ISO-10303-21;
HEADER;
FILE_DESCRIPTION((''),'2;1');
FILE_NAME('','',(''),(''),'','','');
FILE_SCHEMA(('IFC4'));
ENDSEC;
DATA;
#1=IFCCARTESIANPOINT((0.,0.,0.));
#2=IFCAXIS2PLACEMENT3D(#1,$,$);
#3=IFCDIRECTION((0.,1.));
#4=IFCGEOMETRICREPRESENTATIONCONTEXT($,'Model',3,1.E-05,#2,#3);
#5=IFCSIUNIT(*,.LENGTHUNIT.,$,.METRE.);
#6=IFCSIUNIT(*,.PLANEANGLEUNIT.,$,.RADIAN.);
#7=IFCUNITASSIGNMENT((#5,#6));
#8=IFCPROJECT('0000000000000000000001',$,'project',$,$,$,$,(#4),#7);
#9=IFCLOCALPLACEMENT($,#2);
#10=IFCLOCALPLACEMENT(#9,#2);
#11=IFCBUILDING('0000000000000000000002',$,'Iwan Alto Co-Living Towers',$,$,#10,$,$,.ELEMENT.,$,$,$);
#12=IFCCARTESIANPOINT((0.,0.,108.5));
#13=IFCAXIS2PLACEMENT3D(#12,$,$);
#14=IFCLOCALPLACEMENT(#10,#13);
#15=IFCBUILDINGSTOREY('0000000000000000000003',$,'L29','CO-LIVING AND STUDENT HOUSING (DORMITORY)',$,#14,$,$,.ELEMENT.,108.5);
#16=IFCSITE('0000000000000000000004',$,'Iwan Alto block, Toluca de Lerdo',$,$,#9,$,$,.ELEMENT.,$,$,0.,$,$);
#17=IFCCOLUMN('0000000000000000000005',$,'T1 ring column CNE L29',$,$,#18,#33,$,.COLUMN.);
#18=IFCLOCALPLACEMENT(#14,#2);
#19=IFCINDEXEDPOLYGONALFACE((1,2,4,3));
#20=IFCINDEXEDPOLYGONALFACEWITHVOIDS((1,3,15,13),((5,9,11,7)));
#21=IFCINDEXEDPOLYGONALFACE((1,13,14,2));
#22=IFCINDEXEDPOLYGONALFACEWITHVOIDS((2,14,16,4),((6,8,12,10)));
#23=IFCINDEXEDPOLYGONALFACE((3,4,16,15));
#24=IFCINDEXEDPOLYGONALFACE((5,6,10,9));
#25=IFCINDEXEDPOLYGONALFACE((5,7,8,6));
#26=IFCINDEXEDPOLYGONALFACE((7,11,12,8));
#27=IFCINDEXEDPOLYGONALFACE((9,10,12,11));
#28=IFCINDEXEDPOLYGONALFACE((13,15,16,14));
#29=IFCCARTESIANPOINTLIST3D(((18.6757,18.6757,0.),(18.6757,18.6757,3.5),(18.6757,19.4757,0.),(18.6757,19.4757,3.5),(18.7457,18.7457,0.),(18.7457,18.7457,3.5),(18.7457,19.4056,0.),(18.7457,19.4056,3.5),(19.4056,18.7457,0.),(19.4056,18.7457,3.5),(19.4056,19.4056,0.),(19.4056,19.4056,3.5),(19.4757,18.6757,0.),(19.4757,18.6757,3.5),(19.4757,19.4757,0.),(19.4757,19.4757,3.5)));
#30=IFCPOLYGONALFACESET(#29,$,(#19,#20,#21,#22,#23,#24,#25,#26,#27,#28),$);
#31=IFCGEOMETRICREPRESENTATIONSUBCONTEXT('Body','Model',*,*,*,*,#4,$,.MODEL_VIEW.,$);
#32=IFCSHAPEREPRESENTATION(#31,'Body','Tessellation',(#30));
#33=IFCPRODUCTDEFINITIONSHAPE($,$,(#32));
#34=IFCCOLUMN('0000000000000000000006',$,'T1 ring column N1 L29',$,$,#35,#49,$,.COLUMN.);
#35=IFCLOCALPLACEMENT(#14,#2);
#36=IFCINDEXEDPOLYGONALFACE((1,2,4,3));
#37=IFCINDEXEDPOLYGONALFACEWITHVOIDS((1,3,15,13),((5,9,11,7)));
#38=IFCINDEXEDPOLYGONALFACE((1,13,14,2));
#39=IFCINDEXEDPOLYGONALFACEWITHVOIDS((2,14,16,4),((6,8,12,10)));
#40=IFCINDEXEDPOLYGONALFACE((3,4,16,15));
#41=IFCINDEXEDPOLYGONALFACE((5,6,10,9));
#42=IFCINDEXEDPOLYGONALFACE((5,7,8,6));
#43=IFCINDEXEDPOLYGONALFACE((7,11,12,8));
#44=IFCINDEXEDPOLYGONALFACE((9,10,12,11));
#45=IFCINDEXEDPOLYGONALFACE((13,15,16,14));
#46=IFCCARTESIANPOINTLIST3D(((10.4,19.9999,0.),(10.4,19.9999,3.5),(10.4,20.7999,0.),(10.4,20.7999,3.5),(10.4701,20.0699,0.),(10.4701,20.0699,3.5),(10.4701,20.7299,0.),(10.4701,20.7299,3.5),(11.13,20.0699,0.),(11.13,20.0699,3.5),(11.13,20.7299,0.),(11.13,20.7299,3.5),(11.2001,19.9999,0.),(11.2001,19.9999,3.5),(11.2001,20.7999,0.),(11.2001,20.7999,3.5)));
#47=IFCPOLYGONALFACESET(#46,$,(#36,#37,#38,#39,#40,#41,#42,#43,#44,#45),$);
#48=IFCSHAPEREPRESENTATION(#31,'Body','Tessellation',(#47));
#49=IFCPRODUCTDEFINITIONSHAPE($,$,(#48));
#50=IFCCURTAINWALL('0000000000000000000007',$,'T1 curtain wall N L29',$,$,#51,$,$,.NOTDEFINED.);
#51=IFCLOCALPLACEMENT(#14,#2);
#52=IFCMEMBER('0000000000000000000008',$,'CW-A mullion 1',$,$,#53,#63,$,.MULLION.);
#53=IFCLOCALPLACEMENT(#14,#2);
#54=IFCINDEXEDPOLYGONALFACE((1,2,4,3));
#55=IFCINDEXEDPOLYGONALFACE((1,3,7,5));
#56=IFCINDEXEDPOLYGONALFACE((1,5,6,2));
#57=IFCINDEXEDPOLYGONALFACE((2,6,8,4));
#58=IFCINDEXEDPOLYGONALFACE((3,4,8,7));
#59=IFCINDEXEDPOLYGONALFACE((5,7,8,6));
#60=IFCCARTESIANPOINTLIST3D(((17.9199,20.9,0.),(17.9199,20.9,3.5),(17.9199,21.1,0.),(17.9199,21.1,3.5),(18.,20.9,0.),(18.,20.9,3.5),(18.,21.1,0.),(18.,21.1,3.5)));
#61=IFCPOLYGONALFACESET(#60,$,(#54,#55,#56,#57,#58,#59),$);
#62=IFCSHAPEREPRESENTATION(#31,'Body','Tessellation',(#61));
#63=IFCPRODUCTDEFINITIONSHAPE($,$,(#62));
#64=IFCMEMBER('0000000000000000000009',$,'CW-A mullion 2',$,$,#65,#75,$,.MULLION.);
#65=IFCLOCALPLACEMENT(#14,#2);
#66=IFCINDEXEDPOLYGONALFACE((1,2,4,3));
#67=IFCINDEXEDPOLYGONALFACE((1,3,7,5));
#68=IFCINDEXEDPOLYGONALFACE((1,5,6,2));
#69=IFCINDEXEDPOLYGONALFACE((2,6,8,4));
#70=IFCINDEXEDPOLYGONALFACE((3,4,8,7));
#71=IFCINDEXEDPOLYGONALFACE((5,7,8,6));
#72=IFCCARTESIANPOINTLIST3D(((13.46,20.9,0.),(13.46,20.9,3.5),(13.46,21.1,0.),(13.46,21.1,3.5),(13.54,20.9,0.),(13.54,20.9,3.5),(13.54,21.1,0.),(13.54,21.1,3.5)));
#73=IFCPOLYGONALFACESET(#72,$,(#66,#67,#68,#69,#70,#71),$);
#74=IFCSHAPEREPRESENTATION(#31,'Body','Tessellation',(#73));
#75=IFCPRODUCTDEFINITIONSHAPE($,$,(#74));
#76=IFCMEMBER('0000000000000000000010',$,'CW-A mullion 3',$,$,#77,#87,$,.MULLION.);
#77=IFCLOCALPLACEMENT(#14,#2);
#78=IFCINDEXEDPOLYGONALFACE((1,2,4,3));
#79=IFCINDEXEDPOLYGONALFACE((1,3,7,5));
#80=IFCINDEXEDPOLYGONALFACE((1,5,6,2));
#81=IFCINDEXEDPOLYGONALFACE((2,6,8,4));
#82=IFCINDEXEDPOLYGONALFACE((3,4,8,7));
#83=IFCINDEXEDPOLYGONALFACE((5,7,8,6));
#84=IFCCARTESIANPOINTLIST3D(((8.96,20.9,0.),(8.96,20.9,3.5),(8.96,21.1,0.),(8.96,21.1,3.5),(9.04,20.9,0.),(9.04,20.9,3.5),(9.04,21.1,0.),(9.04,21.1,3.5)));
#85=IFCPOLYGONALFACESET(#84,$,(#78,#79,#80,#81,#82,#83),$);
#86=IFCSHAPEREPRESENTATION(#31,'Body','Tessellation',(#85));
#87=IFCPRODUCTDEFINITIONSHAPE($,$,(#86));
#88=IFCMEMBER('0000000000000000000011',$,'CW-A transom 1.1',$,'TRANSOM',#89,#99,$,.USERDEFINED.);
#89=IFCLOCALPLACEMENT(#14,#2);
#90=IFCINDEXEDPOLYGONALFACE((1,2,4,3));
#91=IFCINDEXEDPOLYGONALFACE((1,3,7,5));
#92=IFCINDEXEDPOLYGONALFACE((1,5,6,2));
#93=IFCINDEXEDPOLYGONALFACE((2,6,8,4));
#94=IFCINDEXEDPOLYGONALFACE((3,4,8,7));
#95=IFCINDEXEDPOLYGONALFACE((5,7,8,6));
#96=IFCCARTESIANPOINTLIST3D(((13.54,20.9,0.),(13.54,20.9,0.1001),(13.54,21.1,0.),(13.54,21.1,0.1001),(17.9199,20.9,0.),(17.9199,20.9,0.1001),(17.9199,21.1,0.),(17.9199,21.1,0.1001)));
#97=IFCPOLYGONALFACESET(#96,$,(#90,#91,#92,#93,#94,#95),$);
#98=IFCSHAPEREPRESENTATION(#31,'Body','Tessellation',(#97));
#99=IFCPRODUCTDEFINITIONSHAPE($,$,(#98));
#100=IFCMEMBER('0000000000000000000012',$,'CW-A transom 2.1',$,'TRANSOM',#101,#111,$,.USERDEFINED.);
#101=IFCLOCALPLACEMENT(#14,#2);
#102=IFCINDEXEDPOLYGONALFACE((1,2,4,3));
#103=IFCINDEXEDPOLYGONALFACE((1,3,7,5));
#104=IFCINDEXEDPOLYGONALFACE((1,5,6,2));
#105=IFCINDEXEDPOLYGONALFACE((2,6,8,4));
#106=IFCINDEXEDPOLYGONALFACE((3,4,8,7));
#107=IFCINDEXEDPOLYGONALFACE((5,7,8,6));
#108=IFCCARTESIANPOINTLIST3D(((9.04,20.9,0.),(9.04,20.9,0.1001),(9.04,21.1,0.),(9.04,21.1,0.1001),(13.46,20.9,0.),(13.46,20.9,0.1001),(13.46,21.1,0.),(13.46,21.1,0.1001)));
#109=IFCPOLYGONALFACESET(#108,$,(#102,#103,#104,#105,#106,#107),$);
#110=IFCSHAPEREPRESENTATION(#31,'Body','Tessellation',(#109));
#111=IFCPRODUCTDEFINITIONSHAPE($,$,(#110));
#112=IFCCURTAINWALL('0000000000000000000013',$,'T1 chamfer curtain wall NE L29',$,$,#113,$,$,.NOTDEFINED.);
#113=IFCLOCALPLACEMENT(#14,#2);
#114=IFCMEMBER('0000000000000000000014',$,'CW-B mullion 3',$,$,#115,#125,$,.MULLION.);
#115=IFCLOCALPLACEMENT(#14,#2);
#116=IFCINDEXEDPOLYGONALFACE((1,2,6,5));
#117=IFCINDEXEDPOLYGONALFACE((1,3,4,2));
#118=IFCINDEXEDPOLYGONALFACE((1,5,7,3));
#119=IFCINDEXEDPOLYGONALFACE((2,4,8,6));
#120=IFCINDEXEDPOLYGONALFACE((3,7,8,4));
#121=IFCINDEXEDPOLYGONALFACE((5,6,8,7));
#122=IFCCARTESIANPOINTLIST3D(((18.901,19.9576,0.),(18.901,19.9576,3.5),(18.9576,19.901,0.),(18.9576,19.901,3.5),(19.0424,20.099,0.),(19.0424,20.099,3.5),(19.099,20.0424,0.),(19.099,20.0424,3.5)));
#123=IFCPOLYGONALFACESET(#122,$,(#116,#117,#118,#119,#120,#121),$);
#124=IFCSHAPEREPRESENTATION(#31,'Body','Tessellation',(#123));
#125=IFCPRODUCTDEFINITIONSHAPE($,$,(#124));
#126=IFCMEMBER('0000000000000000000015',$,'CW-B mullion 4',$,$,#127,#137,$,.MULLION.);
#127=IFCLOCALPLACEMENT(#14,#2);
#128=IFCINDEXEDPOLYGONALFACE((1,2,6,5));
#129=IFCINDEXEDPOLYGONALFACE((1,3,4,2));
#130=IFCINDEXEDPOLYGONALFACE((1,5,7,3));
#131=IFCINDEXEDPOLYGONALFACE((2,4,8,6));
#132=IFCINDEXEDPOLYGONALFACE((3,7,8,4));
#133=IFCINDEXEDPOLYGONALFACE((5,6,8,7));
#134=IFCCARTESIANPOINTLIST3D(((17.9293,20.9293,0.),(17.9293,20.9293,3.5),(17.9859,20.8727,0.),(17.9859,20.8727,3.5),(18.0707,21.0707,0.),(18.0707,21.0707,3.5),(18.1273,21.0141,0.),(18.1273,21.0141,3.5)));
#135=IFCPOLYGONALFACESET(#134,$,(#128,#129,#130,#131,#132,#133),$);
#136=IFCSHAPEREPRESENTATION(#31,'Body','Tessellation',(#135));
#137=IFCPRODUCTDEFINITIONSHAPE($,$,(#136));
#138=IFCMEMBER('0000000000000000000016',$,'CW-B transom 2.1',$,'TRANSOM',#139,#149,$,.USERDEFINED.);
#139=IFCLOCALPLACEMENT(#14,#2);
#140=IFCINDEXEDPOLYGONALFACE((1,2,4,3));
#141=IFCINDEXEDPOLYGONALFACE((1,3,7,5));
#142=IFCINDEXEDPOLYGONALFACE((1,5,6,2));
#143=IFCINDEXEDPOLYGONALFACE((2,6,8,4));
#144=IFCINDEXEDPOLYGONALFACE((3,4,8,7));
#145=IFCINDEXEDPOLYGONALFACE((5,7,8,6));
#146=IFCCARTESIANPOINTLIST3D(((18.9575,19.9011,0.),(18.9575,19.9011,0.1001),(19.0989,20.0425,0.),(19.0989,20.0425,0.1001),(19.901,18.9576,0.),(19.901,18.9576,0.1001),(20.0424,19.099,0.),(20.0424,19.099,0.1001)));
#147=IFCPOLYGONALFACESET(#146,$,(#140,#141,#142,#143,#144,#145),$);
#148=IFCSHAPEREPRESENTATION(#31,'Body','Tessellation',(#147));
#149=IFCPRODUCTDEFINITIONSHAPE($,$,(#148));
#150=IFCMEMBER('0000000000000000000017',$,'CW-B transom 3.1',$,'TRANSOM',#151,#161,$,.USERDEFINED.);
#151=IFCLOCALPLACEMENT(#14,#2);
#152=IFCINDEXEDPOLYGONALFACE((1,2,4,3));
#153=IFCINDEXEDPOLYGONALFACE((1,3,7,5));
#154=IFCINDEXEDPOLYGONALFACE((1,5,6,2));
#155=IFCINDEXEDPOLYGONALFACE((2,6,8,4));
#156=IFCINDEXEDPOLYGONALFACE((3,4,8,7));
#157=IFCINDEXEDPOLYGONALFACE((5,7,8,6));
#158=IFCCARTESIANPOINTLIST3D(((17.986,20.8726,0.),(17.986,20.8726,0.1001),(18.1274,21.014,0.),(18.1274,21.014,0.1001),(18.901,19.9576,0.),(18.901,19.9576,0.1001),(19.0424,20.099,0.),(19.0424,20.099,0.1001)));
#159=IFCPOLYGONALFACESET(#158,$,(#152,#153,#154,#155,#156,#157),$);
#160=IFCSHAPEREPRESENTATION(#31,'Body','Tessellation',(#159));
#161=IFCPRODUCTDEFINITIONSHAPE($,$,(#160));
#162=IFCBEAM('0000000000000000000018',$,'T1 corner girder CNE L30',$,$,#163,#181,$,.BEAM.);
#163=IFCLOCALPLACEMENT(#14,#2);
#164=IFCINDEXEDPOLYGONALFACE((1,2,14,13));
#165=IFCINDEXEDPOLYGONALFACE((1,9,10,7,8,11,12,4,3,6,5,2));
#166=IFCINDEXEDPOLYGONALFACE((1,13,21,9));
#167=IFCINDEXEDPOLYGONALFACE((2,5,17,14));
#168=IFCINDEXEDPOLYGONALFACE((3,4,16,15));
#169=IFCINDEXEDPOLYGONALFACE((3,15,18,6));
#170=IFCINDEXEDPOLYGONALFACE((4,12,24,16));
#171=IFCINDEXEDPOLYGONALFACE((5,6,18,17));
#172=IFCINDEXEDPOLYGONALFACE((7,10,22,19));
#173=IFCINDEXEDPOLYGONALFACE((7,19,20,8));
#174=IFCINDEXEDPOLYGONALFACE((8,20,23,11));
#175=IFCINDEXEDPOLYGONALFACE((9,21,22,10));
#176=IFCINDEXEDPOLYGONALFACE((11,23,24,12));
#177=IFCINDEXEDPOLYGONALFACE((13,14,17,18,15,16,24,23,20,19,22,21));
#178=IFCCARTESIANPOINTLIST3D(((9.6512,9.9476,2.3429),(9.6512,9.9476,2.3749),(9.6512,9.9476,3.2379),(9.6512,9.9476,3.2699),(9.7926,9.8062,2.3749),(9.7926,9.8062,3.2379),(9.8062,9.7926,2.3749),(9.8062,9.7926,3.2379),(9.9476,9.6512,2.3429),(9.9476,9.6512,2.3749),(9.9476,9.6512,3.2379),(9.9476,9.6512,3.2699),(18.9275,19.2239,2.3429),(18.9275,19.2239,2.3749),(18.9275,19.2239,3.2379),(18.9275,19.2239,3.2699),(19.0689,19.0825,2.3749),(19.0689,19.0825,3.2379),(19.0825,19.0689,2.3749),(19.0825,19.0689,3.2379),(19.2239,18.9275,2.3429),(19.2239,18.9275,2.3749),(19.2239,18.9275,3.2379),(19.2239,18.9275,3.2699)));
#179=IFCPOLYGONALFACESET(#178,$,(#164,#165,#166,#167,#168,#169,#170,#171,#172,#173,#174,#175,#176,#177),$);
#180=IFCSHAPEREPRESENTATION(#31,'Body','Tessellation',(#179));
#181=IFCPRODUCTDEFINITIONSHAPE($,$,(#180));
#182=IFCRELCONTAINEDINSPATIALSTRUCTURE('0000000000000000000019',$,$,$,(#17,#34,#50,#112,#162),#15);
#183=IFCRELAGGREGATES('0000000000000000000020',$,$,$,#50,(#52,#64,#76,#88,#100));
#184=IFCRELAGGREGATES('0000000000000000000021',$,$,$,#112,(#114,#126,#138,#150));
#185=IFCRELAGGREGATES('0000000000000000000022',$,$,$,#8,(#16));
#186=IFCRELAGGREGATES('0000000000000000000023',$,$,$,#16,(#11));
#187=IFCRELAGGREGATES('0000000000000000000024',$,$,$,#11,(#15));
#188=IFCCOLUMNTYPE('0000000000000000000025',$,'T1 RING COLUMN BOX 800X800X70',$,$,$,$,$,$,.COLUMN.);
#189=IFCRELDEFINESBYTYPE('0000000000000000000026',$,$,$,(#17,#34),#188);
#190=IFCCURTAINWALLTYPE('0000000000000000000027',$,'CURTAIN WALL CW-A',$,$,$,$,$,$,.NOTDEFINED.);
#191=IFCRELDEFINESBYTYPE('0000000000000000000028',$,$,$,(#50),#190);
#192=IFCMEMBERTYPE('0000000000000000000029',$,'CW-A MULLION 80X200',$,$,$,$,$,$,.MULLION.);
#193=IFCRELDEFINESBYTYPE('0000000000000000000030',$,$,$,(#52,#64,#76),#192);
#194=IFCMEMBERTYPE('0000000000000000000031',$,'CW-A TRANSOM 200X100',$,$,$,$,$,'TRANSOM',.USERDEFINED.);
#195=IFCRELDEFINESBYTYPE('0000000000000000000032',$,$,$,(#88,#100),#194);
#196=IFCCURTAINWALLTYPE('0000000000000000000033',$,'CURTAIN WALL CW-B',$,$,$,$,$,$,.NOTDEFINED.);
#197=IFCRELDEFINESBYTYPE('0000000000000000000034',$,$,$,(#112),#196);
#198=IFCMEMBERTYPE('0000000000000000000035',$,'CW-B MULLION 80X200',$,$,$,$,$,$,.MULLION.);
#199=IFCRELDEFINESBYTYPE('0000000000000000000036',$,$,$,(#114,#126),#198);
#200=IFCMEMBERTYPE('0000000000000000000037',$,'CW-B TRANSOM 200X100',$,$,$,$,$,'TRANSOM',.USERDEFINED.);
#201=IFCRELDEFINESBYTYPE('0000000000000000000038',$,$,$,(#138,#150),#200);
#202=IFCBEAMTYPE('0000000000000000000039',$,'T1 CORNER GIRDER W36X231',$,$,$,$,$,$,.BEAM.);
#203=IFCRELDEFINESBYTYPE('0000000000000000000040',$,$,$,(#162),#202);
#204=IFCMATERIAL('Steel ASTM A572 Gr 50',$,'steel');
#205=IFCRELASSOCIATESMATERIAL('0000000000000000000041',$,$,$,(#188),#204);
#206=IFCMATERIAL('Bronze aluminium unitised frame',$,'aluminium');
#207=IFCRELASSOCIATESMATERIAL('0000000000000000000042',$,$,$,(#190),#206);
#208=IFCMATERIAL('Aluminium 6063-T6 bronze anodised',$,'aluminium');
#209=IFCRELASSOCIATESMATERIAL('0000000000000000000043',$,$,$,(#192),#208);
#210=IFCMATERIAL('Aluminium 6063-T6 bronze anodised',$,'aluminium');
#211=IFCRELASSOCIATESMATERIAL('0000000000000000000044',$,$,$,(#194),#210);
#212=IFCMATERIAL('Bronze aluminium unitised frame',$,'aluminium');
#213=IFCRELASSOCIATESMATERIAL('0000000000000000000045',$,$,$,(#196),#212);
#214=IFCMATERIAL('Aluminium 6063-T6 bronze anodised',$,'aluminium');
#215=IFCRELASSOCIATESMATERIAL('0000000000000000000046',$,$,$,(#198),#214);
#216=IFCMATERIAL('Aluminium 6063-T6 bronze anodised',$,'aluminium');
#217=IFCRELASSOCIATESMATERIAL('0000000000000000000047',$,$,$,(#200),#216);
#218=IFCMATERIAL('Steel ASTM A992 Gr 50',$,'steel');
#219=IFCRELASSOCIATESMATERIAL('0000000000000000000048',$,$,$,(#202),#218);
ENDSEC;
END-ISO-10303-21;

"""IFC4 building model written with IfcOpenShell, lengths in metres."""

from ifc_helpers import new_model, si_unit, direction, frame, origin, origin_2d, place, context, subcontext, project, spatial, rectangle, hollow_rectangle, i_section, extrude, material, material_profile, profile_set, type_object, element, aggregate, save


model = new_model("IFC4")

# Units and contexts
model_context = context("Model", 3, precision=1e-05, world=origin(), true_north=direction((0.0, 1.0)))
body_context = subcontext(model_context, "Body", "Model", "MODEL_VIEW")
ifc_project = project(units=[si_unit("LENGTHUNIT", "METRE"), si_unit("PLANEANGLEUNIT", "RADIAN")], contexts=[model_context])

# Site, building, storey
site_placement = place(None, origin())
site = spatial("IfcSite", under=ifc_project, at=site_placement, Name="Iwan Alto block, Toluca de Lerdo", CompositionType="ELEMENT", RefElevation=0.0)
building_placement = place(site_placement, origin())
building = spatial("IfcBuilding", under=site, at=building_placement, Name="Iwan Alto Co-Living Towers", CompositionType="ELEMENT")
storey_placement = place(building_placement, frame((0.0, 0.0, 108.5)))
storey = spatial("IfcBuildingStorey", under=building, at=storey_placement, Name="L29", Description="CO-LIVING AND STUDENT HOUSING (DORMITORY)", CompositionType="ELEMENT", Elevation=108.5)

# Columns
ifc_material_1 = material(Name="Steel ASTM A572 Gr 50", Category="steel")
ifc_material_profile_1 = material_profile(ifc_material_1, hollow_rectangle(XDim=0.8, YDim=0.8, WallThickness=0.0701, at=origin_2d()), Name="BOX 800X800X70")
ifc_profile_set_1 = profile_set([ifc_material_profile_1], Name="Steel ASTM A572 Gr 50")
column_type = type_object("IfcColumnType", Name="T1 RING COLUMN BOX 800X800X70", PredefinedType="COLUMN", material=ifc_profile_set_1)
for number, where, z_axis, x_axis, name in (
    (1, (19.0757, 19.0757, 0.0), (0.0, 0.0, 1.0), (1.0, 0.0, 0.0), "T1 ring column CNE L29"),
    (2, (10.8, 20.3999, 0.0), (0.0, 0.0, 1.0), (1.0, 0.0, 0.0), "T1 ring column N1 L29"),
):
    element("IfcColumn", number, at=place(storey_placement, frame(where, z_axis=z_axis, x_axis=x_axis)), inside=storey, type_object=column_type, Name=name, PredefinedType="COLUMN", context=body_context, shape_type="SweptSolid", body=[
        extrude(hollow_rectangle(XDim=0.8, YDim=0.8, WallThickness=0.0701, at=origin_2d()), origin(), (0.0, 0.0, 1.0), 3.5),
    ])

# Curtain walls, members
ifc_material_2 = material(Name="Bronze aluminium unitised frame", Category="aluminium")
curtain_wall_type_1 = type_object("IfcCurtainWallType", Name="CURTAIN WALL CW-A", PredefinedType="NOTDEFINED", material=ifc_material_2)
curtain_wall_1_placement = place(storey_placement, origin())
curtain_wall_1 = element("IfcCurtainWall", 3, at=curtain_wall_1_placement, inside=storey, type_object=curtain_wall_type_1, Name="T1 curtain wall N L29", PredefinedType="NOTDEFINED")
ifc_material_3 = material(Name="Aluminium 6063-T6 bronze anodised", Category="aluminium")
ifc_material_profile_2 = material_profile(ifc_material_3, rectangle(XDim=0.2, YDim=0.0801, at=origin_2d()), Name="AL 80X200")
ifc_profile_set_2 = profile_set([ifc_material_profile_2], Name="Aluminium 6063-T6 bronze anodised")
member_type_1 = type_object("IfcMemberType", Name="CW-A MULLION 80X200", PredefinedType="MULLION", material=ifc_profile_set_2)
member_1_placement = place(storey_placement, frame((17.96, 21.0, 0.0), z_axis=(0.0, 0.0, 1.0), x_axis=(0.0, -1.0, 0.0)))
member_1 = element("IfcMember", 4, at=member_1_placement, type_object=member_type_1, Name="CW-A mullion 1", PredefinedType="MULLION", context=body_context, shape_type="SweptSolid", body=[
    extrude(rectangle(XDim=0.2, YDim=0.0801, at=origin_2d()), origin(), (0.0, 0.0, 1.0), 3.5),
])
member_2_placement = place(storey_placement, frame((13.5, 21.0, 0.0), z_axis=(0.0, 0.0, 1.0), x_axis=(0.0, -1.0, 0.0)))
member_2 = element("IfcMember", 5, at=member_2_placement, type_object=member_type_1, Name="CW-A mullion 2", PredefinedType="MULLION", context=body_context, shape_type="SweptSolid", body=[
    extrude(rectangle(XDim=0.2, YDim=0.0801, at=origin_2d()), origin(), (0.0, 0.0, 1.0), 3.5),
])
member_3_placement = place(storey_placement, frame((9.0, 21.0, 0.0), z_axis=(0.0, 0.0, 1.0), x_axis=(0.0, -1.0, 0.0)))
member_3 = element("IfcMember", 6, at=member_3_placement, type_object=member_type_1, Name="CW-A mullion 3", PredefinedType="MULLION", context=body_context, shape_type="SweptSolid", body=[
    extrude(rectangle(XDim=0.2, YDim=0.0801, at=origin_2d()), origin(), (0.0, 0.0, 1.0), 3.5),
])
ifc_material_4 = material(Name="Aluminium 6063-T6 bronze anodised", Category="aluminium")
ifc_material_profile_3 = material_profile(ifc_material_4, rectangle(XDim=0.2, YDim=0.1001, at=origin_2d()), Name="AL 200X100")
ifc_profile_set_3 = profile_set([ifc_material_profile_3], Name="Aluminium 6063-T6 bronze anodised")
member_type_2 = type_object("IfcMemberType", Name="CW-A TRANSOM 200X100", ElementType="TRANSOM", PredefinedType="USERDEFINED", material=ifc_profile_set_3)
member_4_placement = place(storey_placement, frame((17.9199, 21.0, 0.05), z_axis=(-1.0, 0.0, 0.0), x_axis=(0.0, -1.0, 0.0)))
member_4 = element("IfcMember", 7, at=member_4_placement, type_object=member_type_2, Name="CW-A transom 1.1", ObjectType="TRANSOM", PredefinedType="USERDEFINED", context=body_context, shape_type="SweptSolid", body=[
    extrude(rectangle(XDim=0.2, YDim=0.1001, at=origin_2d()), origin(), (0.0, 0.0, 1.0), 4.3799),
])
member_5_placement = place(storey_placement, frame((13.46, 21.0, 0.05), z_axis=(-1.0, 0.0, 0.0), x_axis=(0.0, -1.0, 0.0)))
member_5 = element("IfcMember", 8, at=member_5_placement, type_object=member_type_2, Name="CW-A transom 2.1", ObjectType="TRANSOM", PredefinedType="USERDEFINED", context=body_context, shape_type="SweptSolid", body=[
    extrude(rectangle(XDim=0.2, YDim=0.1001, at=origin_2d()), origin(), (0.0, 0.0, 1.0), 4.4199),
])
ifc_material_5 = material(Name="Bronze aluminium unitised frame", Category="aluminium")
curtain_wall_type_2 = type_object("IfcCurtainWallType", Name="CURTAIN WALL CW-B", PredefinedType="NOTDEFINED", material=ifc_material_5)
curtain_wall_2_placement = place(storey_placement, origin())
curtain_wall_2 = element("IfcCurtainWall", 9, at=curtain_wall_2_placement, inside=storey, type_object=curtain_wall_type_2, Name="T1 chamfer curtain wall NE L29", PredefinedType="NOTDEFINED")
ifc_material_6 = material(Name="Aluminium 6063-T6 bronze anodised", Category="aluminium")
ifc_material_profile_4 = material_profile(ifc_material_6, rectangle(XDim=0.2, YDim=0.0801, at=origin_2d()), Name="AL 80X200")
ifc_profile_set_4 = profile_set([ifc_material_profile_4], Name="Aluminium 6063-T6 bronze anodised")
member_type_3 = type_object("IfcMemberType", Name="CW-B MULLION 80X200", PredefinedType="MULLION", material=ifc_profile_set_4)
member_6_placement = place(storey_placement, frame((19.0, 20.0, 0.0), z_axis=(0.0, 0.0, 1.0), x_axis=(-0.707107, -0.707107, 0.0)))
member_6 = element("IfcMember", 10, at=member_6_placement, type_object=member_type_3, Name="CW-B mullion 3", PredefinedType="MULLION", context=body_context, shape_type="SweptSolid", body=[
    extrude(rectangle(XDim=0.2, YDim=0.0801, at=origin_2d()), origin(), (0.0, 0.0, 1.0), 3.5),
])
member_7_placement = place(storey_placement, frame((18.0283, 20.9717, 0.0), z_axis=(0.0, 0.0, 1.0), x_axis=(-0.707107, -0.707107, 0.0)))
member_7 = element("IfcMember", 11, at=member_7_placement, type_object=member_type_3, Name="CW-B mullion 4", PredefinedType="MULLION", context=body_context, shape_type="SweptSolid", body=[
    extrude(rectangle(XDim=0.2, YDim=0.0801, at=origin_2d()), origin(), (0.0, 0.0, 1.0), 3.5),
])
ifc_material_7 = material(Name="Aluminium 6063-T6 bronze anodised", Category="aluminium")
ifc_material_profile_5 = material_profile(ifc_material_7, rectangle(XDim=0.2, YDim=0.1001, at=origin_2d()), Name="AL 200X100")
ifc_profile_set_5 = profile_set([ifc_material_profile_5], Name="Aluminium 6063-T6 bronze anodised")
member_type_4 = type_object("IfcMemberType", Name="CW-B TRANSOM 200X100", ElementType="TRANSOM", PredefinedType="USERDEFINED", material=ifc_profile_set_5)
member_8_placement = place(storey_placement, frame((19.9717, 19.0283, 0.05), z_axis=(-0.707107, 0.707107, 0.0), x_axis=(-0.707107, -0.707107, 0.0)))
member_8 = element("IfcMember", 12, at=member_8_placement, type_object=member_type_4, Name="CW-B transom 2.1", ObjectType="TRANSOM", PredefinedType="USERDEFINED", context=body_context, shape_type="SweptSolid", body=[
    extrude(rectangle(XDim=0.2, YDim=0.1001, at=origin_2d()), origin(), (0.0, 0.0, 1.0), 1.3342),
])
member_9_placement = place(storey_placement, frame((18.9717, 20.0283, 0.05), z_axis=(-0.707107, 0.707107, 0.0), x_axis=(-0.707107, -0.707107, 0.0)))
member_9 = element("IfcMember", 13, at=member_9_placement, type_object=member_type_4, Name="CW-B transom 3.1", ObjectType="TRANSOM", PredefinedType="USERDEFINED", context=body_context, shape_type="SweptSolid", body=[
    extrude(rectangle(XDim=0.2, YDim=0.1001, at=origin_2d()), origin(), (0.0, 0.0, 1.0), 1.2939),
])

# Beam
ifc_material_8 = material(Name="Steel ASTM A992 Gr 50", Category="steel")
ifc_material_profile_6 = material_profile(ifc_material_8, i_section(OverallWidth=0.4192, OverallDepth=0.927, WebThickness=0.0193, FlangeThickness=0.032, at=origin_2d()), Name="W36X231")
ifc_profile_set_6 = profile_set([ifc_material_profile_6], Name="Steel ASTM A992 Gr 50")
beam_type_1 = type_object("IfcBeamType", Name="T1 CORNER GIRDER W36X231", PredefinedType="BEAM", material=ifc_profile_set_6)
beam_1_placement = place(storey_placement, frame((19.0757, 19.0757, 2.8064), z_axis=(-0.707107, -0.707107, 0.0), x_axis=(0.707107, -0.707107, 0.0)))
element("IfcBeam", 14, at=beam_1_placement, inside=storey, type_object=beam_type_1, Name="T1 corner girder CNE L30", PredefinedType="BEAM", context=body_context, shape_type="SweptSolid", body=[
    extrude(i_section(OverallWidth=0.4192, OverallDepth=0.927, WebThickness=0.0193, FlangeThickness=0.032, at=origin_2d()), origin(), (0.0, 0.0, 1.0), 13.1187),
])

aggregate(curtain_wall_1, [member_1, member_2, member_3, member_4, member_5])
aggregate(curtain_wall_2, [member_6, member_7, member_8, member_9])

save(model, "model.ifc")
